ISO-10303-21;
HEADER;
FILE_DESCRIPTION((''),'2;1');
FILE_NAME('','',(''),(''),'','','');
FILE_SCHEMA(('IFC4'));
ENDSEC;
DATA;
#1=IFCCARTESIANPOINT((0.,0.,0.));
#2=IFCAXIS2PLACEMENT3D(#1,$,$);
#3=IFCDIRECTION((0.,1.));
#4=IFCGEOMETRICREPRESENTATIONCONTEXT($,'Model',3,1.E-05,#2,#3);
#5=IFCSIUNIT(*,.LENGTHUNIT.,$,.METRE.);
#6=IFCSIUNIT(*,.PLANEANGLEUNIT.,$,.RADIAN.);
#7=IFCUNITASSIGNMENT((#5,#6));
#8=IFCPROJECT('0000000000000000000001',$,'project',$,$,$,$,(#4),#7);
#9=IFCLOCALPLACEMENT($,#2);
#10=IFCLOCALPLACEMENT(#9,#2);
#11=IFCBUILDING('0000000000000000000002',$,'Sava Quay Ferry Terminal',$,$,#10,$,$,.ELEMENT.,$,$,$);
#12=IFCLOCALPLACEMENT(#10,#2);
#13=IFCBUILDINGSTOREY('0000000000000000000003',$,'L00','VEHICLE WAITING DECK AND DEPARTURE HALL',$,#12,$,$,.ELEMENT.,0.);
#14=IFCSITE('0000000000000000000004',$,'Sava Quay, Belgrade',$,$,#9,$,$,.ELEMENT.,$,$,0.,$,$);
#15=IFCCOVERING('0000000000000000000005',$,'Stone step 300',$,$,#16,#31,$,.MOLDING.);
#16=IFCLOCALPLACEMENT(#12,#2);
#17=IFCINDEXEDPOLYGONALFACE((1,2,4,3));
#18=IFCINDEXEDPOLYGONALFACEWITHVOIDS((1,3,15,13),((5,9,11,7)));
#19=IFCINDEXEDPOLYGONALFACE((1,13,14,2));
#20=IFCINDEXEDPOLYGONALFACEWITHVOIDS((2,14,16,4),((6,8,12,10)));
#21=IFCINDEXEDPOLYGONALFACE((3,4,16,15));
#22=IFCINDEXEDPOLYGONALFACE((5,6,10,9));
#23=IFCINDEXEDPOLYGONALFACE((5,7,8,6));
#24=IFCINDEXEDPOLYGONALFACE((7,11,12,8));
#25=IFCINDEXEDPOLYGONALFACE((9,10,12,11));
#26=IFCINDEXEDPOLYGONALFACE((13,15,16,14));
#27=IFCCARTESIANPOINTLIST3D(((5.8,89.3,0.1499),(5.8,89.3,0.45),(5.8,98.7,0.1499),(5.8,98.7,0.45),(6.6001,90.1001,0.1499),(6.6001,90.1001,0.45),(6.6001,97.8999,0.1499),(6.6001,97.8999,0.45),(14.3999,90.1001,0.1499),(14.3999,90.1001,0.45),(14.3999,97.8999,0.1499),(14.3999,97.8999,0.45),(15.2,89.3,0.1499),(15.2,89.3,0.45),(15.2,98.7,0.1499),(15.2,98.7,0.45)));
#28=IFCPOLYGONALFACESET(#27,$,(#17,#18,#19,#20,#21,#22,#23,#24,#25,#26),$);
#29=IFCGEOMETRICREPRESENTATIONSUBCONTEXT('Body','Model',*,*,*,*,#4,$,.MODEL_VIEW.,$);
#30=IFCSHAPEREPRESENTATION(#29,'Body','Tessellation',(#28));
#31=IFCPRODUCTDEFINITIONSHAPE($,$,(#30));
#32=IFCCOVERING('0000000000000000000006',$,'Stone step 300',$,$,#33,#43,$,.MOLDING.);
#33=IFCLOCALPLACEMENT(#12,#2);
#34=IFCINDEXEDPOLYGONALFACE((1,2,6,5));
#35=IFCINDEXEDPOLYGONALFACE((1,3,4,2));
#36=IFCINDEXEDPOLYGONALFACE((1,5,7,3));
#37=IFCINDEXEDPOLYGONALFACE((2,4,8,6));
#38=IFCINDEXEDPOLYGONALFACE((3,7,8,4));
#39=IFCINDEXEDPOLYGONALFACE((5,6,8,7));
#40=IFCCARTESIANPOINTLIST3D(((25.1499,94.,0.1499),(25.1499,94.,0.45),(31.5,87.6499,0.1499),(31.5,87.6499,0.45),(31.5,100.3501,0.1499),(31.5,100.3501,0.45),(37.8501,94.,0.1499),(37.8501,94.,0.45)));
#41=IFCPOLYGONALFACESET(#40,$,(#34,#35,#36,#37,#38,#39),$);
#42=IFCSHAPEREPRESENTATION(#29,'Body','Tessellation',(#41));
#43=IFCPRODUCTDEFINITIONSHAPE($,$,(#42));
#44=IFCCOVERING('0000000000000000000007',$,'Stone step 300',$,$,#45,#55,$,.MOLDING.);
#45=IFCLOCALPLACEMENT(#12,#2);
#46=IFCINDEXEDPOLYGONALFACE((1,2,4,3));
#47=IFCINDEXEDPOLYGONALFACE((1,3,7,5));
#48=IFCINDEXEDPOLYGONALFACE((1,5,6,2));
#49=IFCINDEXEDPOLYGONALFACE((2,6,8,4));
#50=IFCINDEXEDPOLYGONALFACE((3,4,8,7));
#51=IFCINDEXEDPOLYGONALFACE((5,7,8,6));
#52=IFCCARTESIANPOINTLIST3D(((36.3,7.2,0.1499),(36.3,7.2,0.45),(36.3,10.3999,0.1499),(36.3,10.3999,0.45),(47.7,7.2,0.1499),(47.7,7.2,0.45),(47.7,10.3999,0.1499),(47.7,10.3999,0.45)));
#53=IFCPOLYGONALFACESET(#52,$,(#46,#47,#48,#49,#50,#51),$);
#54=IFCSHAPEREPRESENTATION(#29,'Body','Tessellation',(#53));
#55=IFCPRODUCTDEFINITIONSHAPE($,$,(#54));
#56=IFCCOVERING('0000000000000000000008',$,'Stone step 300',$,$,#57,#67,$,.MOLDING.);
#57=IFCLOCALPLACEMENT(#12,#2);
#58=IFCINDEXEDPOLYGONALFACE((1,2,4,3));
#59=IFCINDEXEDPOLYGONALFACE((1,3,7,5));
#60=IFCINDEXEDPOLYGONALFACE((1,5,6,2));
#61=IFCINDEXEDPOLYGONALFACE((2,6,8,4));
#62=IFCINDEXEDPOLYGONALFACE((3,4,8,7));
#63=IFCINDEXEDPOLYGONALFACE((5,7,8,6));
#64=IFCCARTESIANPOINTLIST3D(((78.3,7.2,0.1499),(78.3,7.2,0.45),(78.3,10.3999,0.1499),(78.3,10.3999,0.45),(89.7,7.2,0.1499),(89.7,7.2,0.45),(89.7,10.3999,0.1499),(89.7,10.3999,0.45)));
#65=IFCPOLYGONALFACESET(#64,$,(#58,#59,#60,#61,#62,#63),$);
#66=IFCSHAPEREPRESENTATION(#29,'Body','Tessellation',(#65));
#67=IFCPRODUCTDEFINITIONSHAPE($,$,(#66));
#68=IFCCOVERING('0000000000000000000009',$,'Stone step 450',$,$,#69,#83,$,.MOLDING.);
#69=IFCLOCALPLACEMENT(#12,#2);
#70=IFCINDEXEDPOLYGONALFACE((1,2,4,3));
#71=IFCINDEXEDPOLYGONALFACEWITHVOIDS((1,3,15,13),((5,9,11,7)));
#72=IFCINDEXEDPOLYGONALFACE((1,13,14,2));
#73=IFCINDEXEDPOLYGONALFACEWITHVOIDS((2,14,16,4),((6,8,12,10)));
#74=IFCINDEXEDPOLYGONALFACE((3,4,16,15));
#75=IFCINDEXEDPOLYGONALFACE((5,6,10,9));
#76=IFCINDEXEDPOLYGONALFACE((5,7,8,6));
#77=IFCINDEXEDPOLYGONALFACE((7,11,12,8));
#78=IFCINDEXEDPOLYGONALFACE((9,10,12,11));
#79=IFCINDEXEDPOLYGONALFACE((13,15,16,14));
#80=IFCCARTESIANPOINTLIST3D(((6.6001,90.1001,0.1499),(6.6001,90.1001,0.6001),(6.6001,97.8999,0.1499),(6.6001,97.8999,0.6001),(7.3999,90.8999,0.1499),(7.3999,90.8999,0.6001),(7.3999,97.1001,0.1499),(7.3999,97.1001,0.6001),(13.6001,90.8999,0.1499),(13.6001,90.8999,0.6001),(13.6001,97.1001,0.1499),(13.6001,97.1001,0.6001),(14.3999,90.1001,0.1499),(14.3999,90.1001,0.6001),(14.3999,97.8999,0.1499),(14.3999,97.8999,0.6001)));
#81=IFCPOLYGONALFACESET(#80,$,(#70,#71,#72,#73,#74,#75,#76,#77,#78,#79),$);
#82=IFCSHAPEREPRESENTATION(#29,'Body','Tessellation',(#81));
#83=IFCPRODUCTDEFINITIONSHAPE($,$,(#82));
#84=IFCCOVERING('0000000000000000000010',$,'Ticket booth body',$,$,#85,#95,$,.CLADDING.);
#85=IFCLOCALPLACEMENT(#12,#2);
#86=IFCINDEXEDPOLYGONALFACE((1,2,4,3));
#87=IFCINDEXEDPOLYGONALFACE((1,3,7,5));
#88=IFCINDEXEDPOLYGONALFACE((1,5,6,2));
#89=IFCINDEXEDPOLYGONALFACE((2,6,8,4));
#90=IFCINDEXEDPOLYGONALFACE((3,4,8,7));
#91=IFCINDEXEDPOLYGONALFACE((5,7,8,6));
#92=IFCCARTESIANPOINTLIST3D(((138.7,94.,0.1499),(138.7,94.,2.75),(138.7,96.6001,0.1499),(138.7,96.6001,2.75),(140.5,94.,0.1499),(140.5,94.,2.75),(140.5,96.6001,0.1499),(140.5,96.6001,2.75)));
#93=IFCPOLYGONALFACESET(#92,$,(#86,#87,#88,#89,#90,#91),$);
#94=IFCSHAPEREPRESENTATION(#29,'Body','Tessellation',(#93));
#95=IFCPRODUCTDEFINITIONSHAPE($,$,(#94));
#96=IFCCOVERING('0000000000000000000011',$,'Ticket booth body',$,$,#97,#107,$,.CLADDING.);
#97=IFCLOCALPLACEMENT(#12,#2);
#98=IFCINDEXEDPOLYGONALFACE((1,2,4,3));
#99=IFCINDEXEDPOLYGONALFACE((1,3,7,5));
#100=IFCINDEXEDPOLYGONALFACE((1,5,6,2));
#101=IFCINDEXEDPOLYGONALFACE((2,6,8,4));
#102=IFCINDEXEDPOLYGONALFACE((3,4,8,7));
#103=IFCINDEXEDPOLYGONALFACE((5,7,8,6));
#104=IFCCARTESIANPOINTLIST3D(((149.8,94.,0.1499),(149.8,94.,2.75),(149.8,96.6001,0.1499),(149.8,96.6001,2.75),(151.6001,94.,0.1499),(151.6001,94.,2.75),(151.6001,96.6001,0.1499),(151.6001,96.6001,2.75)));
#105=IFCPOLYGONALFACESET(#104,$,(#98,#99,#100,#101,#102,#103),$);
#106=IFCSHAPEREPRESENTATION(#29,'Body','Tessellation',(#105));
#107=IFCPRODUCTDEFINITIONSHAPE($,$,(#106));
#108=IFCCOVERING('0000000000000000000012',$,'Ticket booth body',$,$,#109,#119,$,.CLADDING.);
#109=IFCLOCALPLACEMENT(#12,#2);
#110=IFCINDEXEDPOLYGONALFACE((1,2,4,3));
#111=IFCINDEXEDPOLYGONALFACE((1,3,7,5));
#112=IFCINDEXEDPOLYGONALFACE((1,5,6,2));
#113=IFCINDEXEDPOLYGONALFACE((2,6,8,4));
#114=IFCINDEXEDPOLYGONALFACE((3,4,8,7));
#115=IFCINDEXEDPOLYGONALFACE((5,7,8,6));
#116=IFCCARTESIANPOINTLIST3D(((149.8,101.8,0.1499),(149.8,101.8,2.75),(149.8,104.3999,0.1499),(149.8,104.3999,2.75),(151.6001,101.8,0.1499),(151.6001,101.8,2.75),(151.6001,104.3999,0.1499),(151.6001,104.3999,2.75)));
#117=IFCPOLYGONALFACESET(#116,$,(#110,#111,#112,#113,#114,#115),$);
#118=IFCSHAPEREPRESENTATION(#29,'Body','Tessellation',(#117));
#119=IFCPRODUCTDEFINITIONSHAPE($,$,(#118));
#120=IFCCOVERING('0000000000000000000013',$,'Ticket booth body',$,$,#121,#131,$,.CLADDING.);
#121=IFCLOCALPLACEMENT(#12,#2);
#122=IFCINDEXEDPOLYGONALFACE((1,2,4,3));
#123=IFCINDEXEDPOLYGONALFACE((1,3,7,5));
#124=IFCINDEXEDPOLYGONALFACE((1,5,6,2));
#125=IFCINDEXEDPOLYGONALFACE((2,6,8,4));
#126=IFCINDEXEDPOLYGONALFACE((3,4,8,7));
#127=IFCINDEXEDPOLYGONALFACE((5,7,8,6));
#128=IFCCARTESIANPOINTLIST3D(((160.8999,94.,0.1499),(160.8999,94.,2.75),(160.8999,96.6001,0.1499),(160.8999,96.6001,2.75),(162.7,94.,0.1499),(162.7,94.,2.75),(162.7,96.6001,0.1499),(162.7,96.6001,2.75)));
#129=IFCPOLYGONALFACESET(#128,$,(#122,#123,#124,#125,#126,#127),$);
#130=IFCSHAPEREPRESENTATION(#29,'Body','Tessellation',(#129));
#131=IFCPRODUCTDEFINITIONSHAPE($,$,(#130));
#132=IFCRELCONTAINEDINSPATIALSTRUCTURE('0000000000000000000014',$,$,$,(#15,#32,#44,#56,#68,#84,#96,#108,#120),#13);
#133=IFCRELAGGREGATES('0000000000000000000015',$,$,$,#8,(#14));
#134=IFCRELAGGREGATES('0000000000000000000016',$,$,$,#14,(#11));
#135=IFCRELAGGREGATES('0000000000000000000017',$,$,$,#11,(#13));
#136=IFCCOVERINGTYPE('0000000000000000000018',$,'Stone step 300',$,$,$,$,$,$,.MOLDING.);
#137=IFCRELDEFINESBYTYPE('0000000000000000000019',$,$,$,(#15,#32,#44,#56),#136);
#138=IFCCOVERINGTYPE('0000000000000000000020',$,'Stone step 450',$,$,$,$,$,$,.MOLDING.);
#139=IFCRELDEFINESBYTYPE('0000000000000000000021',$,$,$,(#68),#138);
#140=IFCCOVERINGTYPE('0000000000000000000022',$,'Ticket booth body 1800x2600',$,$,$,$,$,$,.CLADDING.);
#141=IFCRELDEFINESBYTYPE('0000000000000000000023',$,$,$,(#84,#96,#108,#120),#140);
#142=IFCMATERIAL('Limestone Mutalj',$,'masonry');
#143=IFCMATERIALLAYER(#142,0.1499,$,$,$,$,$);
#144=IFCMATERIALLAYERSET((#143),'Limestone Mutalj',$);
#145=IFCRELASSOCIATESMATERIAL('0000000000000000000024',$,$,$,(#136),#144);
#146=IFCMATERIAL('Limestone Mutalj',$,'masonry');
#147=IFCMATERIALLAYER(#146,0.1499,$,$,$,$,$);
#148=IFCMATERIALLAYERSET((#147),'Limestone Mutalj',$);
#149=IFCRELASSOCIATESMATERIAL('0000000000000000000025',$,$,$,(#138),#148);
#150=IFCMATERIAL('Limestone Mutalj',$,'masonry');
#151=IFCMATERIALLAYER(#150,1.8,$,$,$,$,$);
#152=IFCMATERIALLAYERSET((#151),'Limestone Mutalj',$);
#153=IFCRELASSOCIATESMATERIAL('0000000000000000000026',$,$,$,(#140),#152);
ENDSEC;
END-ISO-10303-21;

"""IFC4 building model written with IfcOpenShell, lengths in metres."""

from ifc_helpers import new_model, si_unit, direction, frame, origin, place, context, subcontext, project, spatial, polyline, outline, extrude, material, layer, layer_set, type_object, element, save


model = new_model("IFC4")

# Units and contexts
model_context = context("Model", 3, precision=1e-05, world=origin(), true_north=direction((0.0, 1.0)))
body_context = subcontext(model_context, "Body", "Model", "MODEL_VIEW")
ifc_project = project(units=[si_unit("LENGTHUNIT", "METRE"), si_unit("PLANEANGLEUNIT", "RADIAN")], contexts=[model_context])

# Site, building, storey
site_placement = place(None, origin())
site = spatial("IfcSite", under=ifc_project, at=site_placement, Name="Sava Quay, Belgrade", CompositionType="ELEMENT", RefElevation=0.0)
building_placement = place(site_placement, origin())
building = spatial("IfcBuilding", under=site, at=building_placement, Name="Sava Quay Ferry Terminal", CompositionType="ELEMENT")
storey_placement = place(building_placement, origin())
storey = spatial("IfcBuildingStorey", under=building, at=storey_placement, Name="L00", Description="VEHICLE WAITING DECK AND DEPARTURE HALL", CompositionType="ELEMENT", Elevation=0.0)

# Coverings
ifc_material_1 = material(Name="Limestone Mutalj", Category="masonry")
ifc_layer_1 = layer(ifc_material_1, 0.1499)
ifc_layer_set_1 = layer_set([ifc_layer_1], Name="Limestone Mutalj")
covering_type_1 = type_object("IfcCoveringType", Name="Stone step 300", PredefinedType="MOLDING", material=ifc_layer_set_1)
covering_1_placement = place(storey_placement, frame((0.0, 0.0, 0.1499)))
element("IfcCovering", 1, at=covering_1_placement, inside=storey, type_object=covering_type_1, Name="Stone step 300", PredefinedType="MOLDING", context=body_context, shape_type="SweptSolid", body=[
    extrude(outline(polyline([(15.2, 98.7), (5.8, 98.7), (5.8, 89.3), (15.2, 89.3), (15.2, 98.7)]), holes=[polyline([(6.6001, 90.1001), (6.6001, 97.8999), (14.3999, 97.8999), (14.3999, 90.1001), (6.6001, 90.1001)])]), origin(), (0.0, 0.0, 1.0), 0.3),
])
covering_2_placement = place(storey_placement, frame((0.0, 0.0, 0.1499)))
element("IfcCovering", 2, at=covering_2_placement, inside=storey, type_object=covering_type_1, Name="Stone step 300", PredefinedType="MOLDING", context=body_context, shape_type="SweptSolid", body=[
    extrude(outline(polyline([(25.1499, 94.0), (31.5, 87.6499), (37.8501, 94.0), (31.5, 100.3501), (25.1499, 94.0)])), origin(), (0.0, 0.0, 1.0), 0.3),
])
covering_3_placement = place(storey_placement, frame((0.0, 0.0, 0.1499)))
element("IfcCovering", 3, at=covering_3_placement, inside=storey, type_object=covering_type_1, Name="Stone step 300", PredefinedType="MOLDING", context=body_context, shape_type="SweptSolid", body=[
    extrude(outline(polyline([(36.3, 7.2), (47.7, 7.2), (47.7, 10.3999), (36.3, 10.3999), (36.3, 7.2)])), origin(), (0.0, 0.0, 1.0), 0.3),
])
covering_4_placement = place(storey_placement, frame((0.0, 0.0, 0.1499)))
element("IfcCovering", 4, at=covering_4_placement, inside=storey, type_object=covering_type_1, Name="Stone step 300", PredefinedType="MOLDING", context=body_context, shape_type="SweptSolid", body=[
    extrude(outline(polyline([(78.3, 7.2), (89.7, 7.2), (89.7, 10.3999), (78.3, 10.3999), (78.3, 7.2)])), origin(), (0.0, 0.0, 1.0), 0.3),
])
ifc_material_2 = material(Name="Limestone Mutalj", Category="masonry")
ifc_layer_2 = layer(ifc_material_2, 0.1499)
ifc_layer_set_2 = layer_set([ifc_layer_2], Name="Limestone Mutalj")
covering_type_2 = type_object("IfcCoveringType", Name="Stone step 450", PredefinedType="MOLDING", material=ifc_layer_set_2)
covering_5_placement = place(storey_placement, frame((0.0, 0.0, 0.1499)))
element("IfcCovering", 5, at=covering_5_placement, inside=storey, type_object=covering_type_2, Name="Stone step 450", PredefinedType="MOLDING", context=body_context, shape_type="SweptSolid", body=[
    extrude(outline(polyline([(14.3999, 97.8999), (6.6001, 97.8999), (6.6001, 90.1001), (14.3999, 90.1001), (14.3999, 97.8999)]), holes=[polyline([(7.3999, 90.8999), (7.3999, 97.1001), (13.6001, 97.1001), (13.6001, 90.8999), (7.3999, 90.8999)])]), origin(), (0.0, 0.0, 1.0), 0.4502),
])
ifc_material_3 = material(Name="Limestone Mutalj", Category="masonry")
ifc_layer_3 = layer(ifc_material_3, 1.8)
ifc_layer_set_3 = layer_set([ifc_layer_3], Name="Limestone Mutalj")
covering_type_3 = type_object("IfcCoveringType", Name="Ticket booth body 1800x2600", PredefinedType="CLADDING", material=ifc_layer_set_3)
covering_6_placement = place(storey_placement, frame((0.0, 0.0, 0.1499)))
element("IfcCovering", 6, at=covering_6_placement, inside=storey, type_object=covering_type_3, Name="Ticket booth body", PredefinedType="CLADDING", context=body_context, shape_type="SweptSolid", body=[
    extrude(outline(polyline([(140.5, 94.0), (140.5, 96.6001), (138.7, 96.6001), (138.7, 94.0), (140.5, 94.0)])), origin(), (0.0, 0.0, 1.0), 2.6001),
])
covering_7_placement = place(storey_placement, frame((0.0, 0.0, 0.1499)))
element("IfcCovering", 7, at=covering_7_placement, inside=storey, type_object=covering_type_3, Name="Ticket booth body", PredefinedType="CLADDING", context=body_context, shape_type="SweptSolid", body=[
    extrude(outline(polyline([(151.6001, 94.0), (151.6001, 96.6001), (149.8, 96.6001), (149.8, 94.0), (151.6001, 94.0)])), origin(), (0.0, 0.0, 1.0), 2.6001),
])
covering_8_placement = place(storey_placement, frame((0.0, 0.0, 0.1499)))
element("IfcCovering", 8, at=covering_8_placement, inside=storey, type_object=covering_type_3, Name="Ticket booth body", PredefinedType="CLADDING", context=body_context, shape_type="SweptSolid", body=[
    extrude(outline(polyline([(151.6001, 101.8), (151.6001, 104.3999), (149.8, 104.3999), (149.8, 101.8), (151.6001, 101.8)])), origin(), (0.0, 0.0, 1.0), 2.6001),
])
covering_9_placement = place(storey_placement, frame((0.0, 0.0, 0.1499)))
element("IfcCovering", 9, at=covering_9_placement, inside=storey, type_object=covering_type_3, Name="Ticket booth body", PredefinedType="CLADDING", context=body_context, shape_type="SweptSolid", body=[
    extrude(outline(polyline([(162.7, 94.0), (162.7, 96.6001), (160.8999, 96.6001), (160.8999, 94.0), (162.7, 94.0)])), origin(), (0.0, 0.0, 1.0), 2.6001),
])

save(model, "model.ifc")
